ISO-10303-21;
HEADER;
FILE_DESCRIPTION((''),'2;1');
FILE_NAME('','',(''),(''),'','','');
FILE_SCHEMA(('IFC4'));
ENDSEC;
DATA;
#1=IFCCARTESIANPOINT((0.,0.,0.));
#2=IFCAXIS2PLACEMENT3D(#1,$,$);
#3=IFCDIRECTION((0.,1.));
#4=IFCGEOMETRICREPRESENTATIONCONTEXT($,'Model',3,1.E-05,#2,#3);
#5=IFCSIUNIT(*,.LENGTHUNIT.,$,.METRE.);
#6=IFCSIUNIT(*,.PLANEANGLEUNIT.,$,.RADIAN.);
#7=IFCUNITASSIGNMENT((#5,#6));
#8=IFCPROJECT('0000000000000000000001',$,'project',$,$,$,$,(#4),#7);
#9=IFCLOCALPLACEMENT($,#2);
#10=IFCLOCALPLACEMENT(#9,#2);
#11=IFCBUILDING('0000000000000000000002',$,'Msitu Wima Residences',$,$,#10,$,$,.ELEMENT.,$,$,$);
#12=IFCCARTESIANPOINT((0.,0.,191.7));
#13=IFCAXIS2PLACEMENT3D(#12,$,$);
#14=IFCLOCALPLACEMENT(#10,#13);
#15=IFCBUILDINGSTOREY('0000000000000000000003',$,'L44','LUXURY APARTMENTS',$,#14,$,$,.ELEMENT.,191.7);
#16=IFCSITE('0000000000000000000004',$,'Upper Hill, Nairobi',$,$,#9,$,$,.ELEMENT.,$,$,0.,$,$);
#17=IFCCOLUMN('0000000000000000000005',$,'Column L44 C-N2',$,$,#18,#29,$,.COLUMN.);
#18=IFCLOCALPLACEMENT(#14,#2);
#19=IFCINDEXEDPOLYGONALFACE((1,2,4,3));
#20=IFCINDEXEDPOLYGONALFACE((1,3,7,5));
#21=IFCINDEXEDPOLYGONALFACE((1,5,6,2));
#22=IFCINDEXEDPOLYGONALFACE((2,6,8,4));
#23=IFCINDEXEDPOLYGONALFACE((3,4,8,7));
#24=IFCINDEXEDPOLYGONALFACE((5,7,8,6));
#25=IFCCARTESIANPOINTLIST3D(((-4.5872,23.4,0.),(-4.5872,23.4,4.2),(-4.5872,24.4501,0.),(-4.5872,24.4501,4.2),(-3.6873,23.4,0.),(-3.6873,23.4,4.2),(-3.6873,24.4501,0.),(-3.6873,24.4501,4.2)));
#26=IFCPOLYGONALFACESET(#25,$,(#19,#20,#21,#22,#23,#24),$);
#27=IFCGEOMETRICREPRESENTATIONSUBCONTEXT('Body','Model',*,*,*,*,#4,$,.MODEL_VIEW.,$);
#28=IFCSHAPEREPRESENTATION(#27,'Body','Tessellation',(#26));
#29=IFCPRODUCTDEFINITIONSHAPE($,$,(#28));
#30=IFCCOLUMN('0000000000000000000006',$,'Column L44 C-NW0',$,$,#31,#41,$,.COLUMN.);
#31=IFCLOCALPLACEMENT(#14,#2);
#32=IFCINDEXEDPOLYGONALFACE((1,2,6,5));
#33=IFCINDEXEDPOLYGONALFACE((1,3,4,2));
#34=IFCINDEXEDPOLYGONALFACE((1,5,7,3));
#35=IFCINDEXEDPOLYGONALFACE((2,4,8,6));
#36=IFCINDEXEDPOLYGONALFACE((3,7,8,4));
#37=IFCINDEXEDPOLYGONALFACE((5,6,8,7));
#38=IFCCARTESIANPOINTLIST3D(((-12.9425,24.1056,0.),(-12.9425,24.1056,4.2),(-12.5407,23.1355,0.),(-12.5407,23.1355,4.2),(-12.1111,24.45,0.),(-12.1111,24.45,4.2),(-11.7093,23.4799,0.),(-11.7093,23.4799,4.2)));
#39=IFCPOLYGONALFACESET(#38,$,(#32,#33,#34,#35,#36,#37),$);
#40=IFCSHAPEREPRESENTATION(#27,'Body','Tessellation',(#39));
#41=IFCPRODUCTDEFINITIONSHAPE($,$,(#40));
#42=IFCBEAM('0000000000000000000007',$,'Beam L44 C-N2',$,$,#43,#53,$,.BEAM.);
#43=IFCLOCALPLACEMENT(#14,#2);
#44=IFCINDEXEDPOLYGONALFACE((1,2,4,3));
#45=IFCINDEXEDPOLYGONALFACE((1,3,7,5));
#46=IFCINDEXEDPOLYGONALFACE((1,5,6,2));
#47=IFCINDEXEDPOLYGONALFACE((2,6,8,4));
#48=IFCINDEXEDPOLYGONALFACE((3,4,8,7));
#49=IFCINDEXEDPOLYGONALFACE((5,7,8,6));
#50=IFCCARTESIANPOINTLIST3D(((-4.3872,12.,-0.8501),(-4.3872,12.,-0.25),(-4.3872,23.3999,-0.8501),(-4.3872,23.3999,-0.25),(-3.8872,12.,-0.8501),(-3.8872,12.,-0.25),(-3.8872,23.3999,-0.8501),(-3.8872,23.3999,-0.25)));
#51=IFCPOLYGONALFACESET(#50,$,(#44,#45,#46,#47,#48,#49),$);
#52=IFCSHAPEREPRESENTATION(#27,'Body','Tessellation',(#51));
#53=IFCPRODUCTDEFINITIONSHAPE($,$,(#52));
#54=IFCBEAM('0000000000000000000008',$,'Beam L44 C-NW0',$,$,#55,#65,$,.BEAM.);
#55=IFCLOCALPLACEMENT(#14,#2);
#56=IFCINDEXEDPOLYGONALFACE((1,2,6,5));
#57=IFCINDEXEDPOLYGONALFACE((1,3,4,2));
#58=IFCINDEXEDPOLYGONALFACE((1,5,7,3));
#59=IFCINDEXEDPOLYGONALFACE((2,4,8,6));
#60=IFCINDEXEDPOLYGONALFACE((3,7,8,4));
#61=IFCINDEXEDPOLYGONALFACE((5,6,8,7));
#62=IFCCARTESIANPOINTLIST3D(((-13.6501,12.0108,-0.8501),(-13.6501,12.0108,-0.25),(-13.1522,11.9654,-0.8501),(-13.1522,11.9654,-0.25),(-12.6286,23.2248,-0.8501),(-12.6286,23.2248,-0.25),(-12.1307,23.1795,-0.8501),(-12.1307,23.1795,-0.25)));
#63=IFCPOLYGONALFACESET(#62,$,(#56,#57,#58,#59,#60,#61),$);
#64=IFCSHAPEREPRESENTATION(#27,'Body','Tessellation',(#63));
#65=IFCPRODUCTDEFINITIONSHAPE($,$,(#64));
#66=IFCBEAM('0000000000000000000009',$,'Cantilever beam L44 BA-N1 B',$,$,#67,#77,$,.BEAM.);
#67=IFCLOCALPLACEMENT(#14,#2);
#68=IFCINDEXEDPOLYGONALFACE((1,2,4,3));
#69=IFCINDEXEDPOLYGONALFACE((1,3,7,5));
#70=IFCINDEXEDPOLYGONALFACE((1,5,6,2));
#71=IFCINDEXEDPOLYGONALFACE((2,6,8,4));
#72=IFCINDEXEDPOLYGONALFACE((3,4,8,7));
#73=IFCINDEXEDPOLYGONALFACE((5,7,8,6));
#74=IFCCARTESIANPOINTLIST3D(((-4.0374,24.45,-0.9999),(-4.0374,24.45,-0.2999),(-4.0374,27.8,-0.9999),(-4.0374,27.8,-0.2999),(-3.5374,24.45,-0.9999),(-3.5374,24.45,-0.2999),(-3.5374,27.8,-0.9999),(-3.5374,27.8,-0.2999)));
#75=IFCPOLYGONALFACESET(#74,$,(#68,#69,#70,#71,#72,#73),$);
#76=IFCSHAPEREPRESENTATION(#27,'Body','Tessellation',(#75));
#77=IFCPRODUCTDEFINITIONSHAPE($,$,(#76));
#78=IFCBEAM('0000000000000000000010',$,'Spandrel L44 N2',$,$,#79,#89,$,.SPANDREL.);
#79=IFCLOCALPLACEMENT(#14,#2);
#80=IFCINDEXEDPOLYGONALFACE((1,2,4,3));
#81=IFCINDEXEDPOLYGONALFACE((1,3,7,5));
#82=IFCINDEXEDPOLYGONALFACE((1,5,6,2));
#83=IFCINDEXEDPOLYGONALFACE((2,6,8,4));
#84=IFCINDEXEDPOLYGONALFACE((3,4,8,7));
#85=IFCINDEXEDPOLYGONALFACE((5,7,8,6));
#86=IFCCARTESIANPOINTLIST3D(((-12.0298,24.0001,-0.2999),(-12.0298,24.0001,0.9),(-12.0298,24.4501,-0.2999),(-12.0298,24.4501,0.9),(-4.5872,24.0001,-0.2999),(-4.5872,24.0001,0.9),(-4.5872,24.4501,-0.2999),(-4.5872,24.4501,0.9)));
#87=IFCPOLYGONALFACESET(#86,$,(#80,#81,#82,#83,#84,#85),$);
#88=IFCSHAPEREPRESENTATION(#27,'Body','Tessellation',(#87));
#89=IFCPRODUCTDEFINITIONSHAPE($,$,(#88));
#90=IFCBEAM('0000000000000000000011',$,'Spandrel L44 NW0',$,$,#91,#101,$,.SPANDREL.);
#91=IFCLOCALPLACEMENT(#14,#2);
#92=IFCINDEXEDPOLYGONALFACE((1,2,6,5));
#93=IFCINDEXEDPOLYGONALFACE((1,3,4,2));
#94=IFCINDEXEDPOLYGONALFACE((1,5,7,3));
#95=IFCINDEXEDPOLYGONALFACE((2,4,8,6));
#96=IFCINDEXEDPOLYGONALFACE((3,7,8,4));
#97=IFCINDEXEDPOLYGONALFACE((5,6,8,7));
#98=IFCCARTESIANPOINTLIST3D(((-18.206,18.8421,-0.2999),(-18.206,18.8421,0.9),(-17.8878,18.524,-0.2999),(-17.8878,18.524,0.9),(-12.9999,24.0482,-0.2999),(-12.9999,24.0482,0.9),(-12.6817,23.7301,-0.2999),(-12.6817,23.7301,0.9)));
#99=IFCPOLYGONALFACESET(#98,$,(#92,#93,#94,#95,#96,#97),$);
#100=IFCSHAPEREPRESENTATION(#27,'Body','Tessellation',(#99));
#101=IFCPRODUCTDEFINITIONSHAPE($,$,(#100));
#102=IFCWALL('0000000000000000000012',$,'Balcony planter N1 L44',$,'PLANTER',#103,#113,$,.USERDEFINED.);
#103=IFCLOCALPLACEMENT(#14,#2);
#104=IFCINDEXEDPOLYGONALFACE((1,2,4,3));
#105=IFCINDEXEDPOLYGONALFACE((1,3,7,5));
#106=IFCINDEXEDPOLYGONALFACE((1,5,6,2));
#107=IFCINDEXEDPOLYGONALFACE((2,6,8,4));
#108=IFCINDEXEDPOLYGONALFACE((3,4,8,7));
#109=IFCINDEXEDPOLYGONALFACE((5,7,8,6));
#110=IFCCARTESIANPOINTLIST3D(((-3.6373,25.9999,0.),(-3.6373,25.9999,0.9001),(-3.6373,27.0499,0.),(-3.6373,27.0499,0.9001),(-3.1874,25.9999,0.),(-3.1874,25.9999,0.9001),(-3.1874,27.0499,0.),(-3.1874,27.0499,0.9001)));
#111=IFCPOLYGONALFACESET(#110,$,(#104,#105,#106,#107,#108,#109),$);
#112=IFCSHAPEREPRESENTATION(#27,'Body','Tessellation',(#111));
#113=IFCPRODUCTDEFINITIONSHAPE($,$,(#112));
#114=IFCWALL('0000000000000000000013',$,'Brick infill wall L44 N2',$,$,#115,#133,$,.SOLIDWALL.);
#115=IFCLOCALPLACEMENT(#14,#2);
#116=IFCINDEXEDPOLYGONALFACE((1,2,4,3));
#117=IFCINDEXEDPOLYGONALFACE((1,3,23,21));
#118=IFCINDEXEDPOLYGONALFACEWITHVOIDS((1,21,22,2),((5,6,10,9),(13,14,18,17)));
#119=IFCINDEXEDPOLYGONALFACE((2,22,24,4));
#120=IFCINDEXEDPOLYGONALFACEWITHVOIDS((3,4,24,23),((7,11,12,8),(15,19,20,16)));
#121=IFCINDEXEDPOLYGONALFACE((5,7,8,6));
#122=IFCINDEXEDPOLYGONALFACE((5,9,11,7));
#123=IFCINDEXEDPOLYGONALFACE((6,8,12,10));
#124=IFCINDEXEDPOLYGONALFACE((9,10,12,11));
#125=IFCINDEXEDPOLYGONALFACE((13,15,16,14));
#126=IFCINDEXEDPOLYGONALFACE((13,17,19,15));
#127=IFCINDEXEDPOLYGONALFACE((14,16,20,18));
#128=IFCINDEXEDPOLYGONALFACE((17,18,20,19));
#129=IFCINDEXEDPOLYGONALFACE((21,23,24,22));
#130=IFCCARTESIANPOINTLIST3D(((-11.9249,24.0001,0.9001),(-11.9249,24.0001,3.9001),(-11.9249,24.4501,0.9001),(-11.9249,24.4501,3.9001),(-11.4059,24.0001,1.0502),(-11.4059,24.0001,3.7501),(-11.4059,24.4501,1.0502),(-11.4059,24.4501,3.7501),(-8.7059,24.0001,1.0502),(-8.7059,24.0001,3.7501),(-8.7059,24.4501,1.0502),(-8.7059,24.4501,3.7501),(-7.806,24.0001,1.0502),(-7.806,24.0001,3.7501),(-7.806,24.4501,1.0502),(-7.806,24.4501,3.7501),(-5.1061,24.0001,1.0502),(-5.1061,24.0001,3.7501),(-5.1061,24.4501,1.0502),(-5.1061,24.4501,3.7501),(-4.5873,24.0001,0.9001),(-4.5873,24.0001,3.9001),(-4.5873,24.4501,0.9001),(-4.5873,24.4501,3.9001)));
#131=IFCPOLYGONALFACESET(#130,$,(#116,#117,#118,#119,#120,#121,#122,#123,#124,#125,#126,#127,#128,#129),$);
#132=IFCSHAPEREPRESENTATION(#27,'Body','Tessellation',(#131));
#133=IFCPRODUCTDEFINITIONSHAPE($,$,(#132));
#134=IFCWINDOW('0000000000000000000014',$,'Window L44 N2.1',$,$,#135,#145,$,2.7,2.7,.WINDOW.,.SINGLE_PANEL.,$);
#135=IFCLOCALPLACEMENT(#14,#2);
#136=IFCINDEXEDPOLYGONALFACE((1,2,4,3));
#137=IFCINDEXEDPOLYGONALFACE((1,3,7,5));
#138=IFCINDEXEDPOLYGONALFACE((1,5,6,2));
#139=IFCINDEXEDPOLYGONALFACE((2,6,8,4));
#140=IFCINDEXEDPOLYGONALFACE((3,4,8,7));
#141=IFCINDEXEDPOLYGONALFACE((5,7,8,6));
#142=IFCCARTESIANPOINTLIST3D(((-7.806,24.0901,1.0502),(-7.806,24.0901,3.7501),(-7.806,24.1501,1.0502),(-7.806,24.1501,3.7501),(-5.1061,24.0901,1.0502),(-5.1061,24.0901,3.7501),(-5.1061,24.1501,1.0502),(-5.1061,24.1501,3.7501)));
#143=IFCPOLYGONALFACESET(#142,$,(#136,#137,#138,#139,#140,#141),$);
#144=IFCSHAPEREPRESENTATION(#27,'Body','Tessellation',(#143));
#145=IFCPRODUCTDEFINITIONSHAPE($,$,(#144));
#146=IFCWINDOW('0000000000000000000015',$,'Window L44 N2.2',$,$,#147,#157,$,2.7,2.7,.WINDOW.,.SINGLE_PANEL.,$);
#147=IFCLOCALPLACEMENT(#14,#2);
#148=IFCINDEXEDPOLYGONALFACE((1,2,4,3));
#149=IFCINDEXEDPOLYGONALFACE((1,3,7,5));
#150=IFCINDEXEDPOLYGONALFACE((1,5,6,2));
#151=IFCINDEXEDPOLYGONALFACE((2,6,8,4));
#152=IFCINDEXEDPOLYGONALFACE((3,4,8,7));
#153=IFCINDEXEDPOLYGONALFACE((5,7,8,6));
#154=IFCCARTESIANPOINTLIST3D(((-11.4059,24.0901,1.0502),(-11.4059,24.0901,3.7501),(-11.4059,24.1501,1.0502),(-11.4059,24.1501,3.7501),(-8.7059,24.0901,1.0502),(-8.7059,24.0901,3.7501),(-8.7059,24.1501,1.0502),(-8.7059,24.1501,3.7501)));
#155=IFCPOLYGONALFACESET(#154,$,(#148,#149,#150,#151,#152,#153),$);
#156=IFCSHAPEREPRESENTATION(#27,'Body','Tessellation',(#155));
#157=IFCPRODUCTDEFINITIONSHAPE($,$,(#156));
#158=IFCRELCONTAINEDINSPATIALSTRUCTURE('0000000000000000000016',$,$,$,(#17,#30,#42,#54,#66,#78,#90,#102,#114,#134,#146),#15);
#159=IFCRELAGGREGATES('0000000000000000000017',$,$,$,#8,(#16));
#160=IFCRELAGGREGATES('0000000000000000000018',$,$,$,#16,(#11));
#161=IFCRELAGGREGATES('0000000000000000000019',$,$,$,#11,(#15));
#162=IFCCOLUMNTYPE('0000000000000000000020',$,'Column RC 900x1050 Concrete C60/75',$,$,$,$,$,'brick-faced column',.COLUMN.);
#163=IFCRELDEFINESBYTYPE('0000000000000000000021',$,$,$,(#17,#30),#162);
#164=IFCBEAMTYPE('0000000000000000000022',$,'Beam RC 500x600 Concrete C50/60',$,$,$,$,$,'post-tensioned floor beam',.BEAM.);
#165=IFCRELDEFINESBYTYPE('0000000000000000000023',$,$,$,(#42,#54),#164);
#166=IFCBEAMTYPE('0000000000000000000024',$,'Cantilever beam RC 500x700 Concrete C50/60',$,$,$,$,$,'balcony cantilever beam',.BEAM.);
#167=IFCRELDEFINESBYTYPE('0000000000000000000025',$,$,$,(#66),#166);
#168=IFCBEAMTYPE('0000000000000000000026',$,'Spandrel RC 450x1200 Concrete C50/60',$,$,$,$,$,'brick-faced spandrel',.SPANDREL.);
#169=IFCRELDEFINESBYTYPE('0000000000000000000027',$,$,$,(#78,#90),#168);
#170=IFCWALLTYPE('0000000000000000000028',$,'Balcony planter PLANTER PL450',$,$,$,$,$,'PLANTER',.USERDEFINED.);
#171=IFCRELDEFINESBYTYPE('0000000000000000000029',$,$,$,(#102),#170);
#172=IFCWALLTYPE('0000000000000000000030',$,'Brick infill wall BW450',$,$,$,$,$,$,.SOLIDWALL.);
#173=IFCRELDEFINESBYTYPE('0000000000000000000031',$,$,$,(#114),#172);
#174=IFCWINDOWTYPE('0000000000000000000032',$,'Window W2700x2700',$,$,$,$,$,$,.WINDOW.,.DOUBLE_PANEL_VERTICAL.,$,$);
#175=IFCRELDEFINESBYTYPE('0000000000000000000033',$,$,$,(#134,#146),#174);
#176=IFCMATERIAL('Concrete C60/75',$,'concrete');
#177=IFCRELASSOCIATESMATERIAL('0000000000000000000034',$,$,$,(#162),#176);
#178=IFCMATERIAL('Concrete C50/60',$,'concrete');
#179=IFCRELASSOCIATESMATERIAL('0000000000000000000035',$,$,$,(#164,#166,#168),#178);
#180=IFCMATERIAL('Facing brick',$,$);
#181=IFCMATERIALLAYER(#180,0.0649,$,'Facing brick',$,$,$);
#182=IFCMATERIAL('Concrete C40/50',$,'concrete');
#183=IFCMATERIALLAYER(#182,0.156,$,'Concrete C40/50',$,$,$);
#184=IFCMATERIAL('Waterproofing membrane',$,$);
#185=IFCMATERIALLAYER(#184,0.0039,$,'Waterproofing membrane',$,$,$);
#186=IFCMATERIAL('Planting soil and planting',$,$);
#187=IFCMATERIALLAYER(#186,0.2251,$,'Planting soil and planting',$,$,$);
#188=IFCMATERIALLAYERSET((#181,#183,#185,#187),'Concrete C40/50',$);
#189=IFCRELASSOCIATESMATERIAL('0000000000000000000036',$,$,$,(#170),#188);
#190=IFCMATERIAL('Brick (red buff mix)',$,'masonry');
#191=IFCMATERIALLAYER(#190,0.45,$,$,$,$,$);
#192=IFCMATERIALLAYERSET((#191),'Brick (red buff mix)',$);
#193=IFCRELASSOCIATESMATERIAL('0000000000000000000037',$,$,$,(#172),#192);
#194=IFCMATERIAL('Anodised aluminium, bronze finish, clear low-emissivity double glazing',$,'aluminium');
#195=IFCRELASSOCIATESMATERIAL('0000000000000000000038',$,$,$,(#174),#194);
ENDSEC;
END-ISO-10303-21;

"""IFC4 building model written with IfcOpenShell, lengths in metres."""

from ifc_helpers import new_model, si_unit, direction, frame, frame_2d, origin, origin_2d, place, context, subcontext, project, spatial, rectangle, extrude, material, layer, layer_set, material_profile, profile_set, type_object, element, fill, save


model = new_model("IFC4")

# Units and contexts
model_context = context("Model", 3, precision=1e-05, world=origin(), true_north=direction((0.0, 1.0)))
body_context = subcontext(model_context, "Body", "Model", "MODEL_VIEW")
ifc_project = project(units=[si_unit("LENGTHUNIT", "METRE"), si_unit("PLANEANGLEUNIT", "RADIAN")], contexts=[model_context])

# Site, building, storey
site_placement = place(None, origin())
site = spatial("IfcSite", under=ifc_project, at=site_placement, Name="Upper Hill, Nairobi", CompositionType="ELEMENT", RefElevation=0.0)
building_placement = place(site_placement, origin())
building = spatial("IfcBuilding", under=site, at=building_placement, Name="Msitu Wima Residences", CompositionType="ELEMENT")
storey_placement = place(building_placement, frame((0.0, 0.0, 191.7)))
storey = spatial("IfcBuildingStorey", under=building, at=storey_placement, Name="L44", Description="LUXURY APARTMENTS", CompositionType="ELEMENT", Elevation=191.7)

# Columns
ifc_material_1 = material(Name="Concrete C60/75", Category="concrete")
ifc_material_profile_1 = material_profile(ifc_material_1, rectangle(XDim=0.8999, YDim=1.05, at=origin_2d()), Name="RC 900x1050")
ifc_profile_set_1 = profile_set([ifc_material_profile_1], Name="Concrete C60/75")
column_type = type_object("IfcColumnType", Name="Column RC 900x1050 Concrete C60/75", ElementType="brick-faced column", PredefinedType="COLUMN", material=ifc_profile_set_1)
for number, where, z_axis, x_axis, name in (
    (1, (-4.1372, 23.925, 0.0), (0.0, 0.0, 1.0), (-1.0, 0.0, 0.0), "Column L44 C-N2"),
    (2, (-12.3259, 23.7927, 0.0), (0.0, 0.0, 1.0), (-0.92388, -0.382683, 0.0), "Column L44 C-NW0"),
):
    element("IfcColumn", number, at=place(storey_placement, frame(where, z_axis=z_axis, x_axis=x_axis)), inside=storey, type_object=column_type, Name=name, PredefinedType="COLUMN", context=body_context, shape_type="SweptSolid", body=[
        extrude(rectangle(XDim=0.8999, YDim=1.05, at=origin_2d()), origin(), (0.0, 0.0, 1.0), 4.2),
    ])

# Beams
ifc_material_2 = material(Name="Concrete C50/60", Category="concrete")
ifc_material_profile_2 = material_profile(ifc_material_2, rectangle(XDim=0.5, YDim=0.6001, at=origin_2d()), Name="RC 500x600")
ifc_profile_set_2 = profile_set([ifc_material_profile_2], Name="Concrete C50/60")
beam_type_1 = type_object("IfcBeamType", Name="Beam RC 500x600 Concrete C50/60", ElementType="post-tensioned floor beam", PredefinedType="BEAM", material=ifc_profile_set_2)
beam_1_placement = place(storey_placement, frame((-4.1372, 23.3999, -0.55), z_axis=(0.0, -1.0, 0.0), x_axis=(1.0, 0.0, 0.0)))
element("IfcBeam", 3, at=beam_1_placement, inside=storey, type_object=beam_type_1, Name="Beam L44 C-N2", PredefinedType="BEAM", context=body_context, shape_type="SweptSolid", body=[
    extrude(rectangle(XDim=0.5, YDim=0.6001, at=origin_2d()), origin(), (0.0, 0.0, 1.0), 11.3999),
])
beam_2_placement = place(storey_placement, frame((-12.3796, 23.2021, -0.55), z_axis=(-0.090714, -0.995877, 0.0), x_axis=(0.995877, -0.090714, 0.0)))
element("IfcBeam", 4, at=beam_2_placement, inside=storey, type_object=beam_type_1, Name="Beam L44 C-NW0", PredefinedType="BEAM", context=body_context, shape_type="SweptSolid", body=[
    extrude(rectangle(XDim=0.5, YDim=0.6001, at=origin_2d()), origin(), (0.0, 0.0, 1.0), 11.2605),
])
ifc_material_profile_3 = material_profile(ifc_material_2, rectangle(XDim=0.5, YDim=0.7, at=origin_2d()), Name="RC 500x700")
ifc_profile_set_3 = profile_set([ifc_material_profile_3], Name="Concrete C50/60")
beam_type_2 = type_object("IfcBeamType", Name="Cantilever beam RC 500x700 Concrete C50/60", ElementType="balcony cantilever beam", PredefinedType="BEAM", material=ifc_profile_set_3)
beam_3_placement = place(storey_placement, frame((-3.7874, 24.45, -0.6499), z_axis=(0.0, 1.0, 0.0), x_axis=(-1.0, 0.0, 0.0)))
element("IfcBeam", 5, at=beam_3_placement, inside=storey, type_object=beam_type_2, Name="Cantilever beam L44 BA-N1 B", PredefinedType="BEAM", context=body_context, shape_type="SweptSolid", body=[
    extrude(rectangle(XDim=0.5, YDim=0.7, at=origin_2d()), origin(), (0.0, 0.0, 1.0), 3.3501),
])
ifc_material_profile_4 = material_profile(ifc_material_2, rectangle(XDim=0.45, YDim=1.2, at=origin_2d()), Name="RC 450x1200")
ifc_profile_set_4 = profile_set([ifc_material_profile_4], Name="Concrete C50/60")
beam_type_3 = type_object("IfcBeamType", Name="Spandrel RC 450x1200 Concrete C50/60", ElementType="brick-faced spandrel", PredefinedType="SPANDREL", material=ifc_profile_set_4)
beam_4_placement = place(storey_placement, frame((-4.5872, 24.2251, 0.3), z_axis=(-1.0, 0.0, 0.0), x_axis=(0.0, -1.0, 0.0)))
element("IfcBeam", 6, at=beam_4_placement, inside=storey, type_object=beam_type_3, Name="Spandrel L44 N2", PredefinedType="SPANDREL", context=body_context, shape_type="SweptSolid", body=[
    extrude(rectangle(XDim=0.45, YDim=1.2, at=origin_2d()), origin(), (0.0, 0.0, 1.0), 7.4426),
])
beam_5_placement = place(storey_placement, frame((-12.8408, 23.8892, 0.3), z_axis=(-0.707107, -0.707107, 0.0), x_axis=(0.707107, -0.707107, 0.0)))
element("IfcBeam", 7, at=beam_5_placement, inside=storey, type_object=beam_type_3, Name="Spandrel L44 NW0", PredefinedType="SPANDREL", context=body_context, shape_type="SweptSolid", body=[
    extrude(rectangle(XDim=0.45, YDim=1.2, at=origin_2d()), origin(), (0.0, 0.0, 1.0), 7.3625),
])

# Wall
ifc_material_3 = material(Name="Facing brick")
ifc_layer_1 = layer(ifc_material_3, 0.0649, Name="Facing brick")
ifc_material_4 = material(Name="Concrete C40/50", Category="concrete")
ifc_layer_2 = layer(ifc_material_4, 0.156, Name="Concrete C40/50")
ifc_material_5 = material(Name="Waterproofing membrane")
ifc_layer_3 = layer(ifc_material_5, 0.0039, Name="Waterproofing membrane")
ifc_material_6 = material(Name="Planting soil and planting")
ifc_layer_4 = layer(ifc_material_6, 0.2251, Name="Planting soil and planting")
ifc_layer_set_1 = layer_set([ifc_layer_1, ifc_layer_2, ifc_layer_3, ifc_layer_4], Name="Concrete C40/50")
wall_type_1 = type_object("IfcWallType", Name="Balcony planter PLANTER PL450", ElementType="PLANTER", PredefinedType="USERDEFINED", material=ifc_layer_set_1)
wall_1_placement = place(storey_placement, frame((-3.4124, 26.0, 0.0), z_axis=(0.0, 0.0, 1.0), x_axis=(0.0, 1.0, 0.0)))
element("IfcWall", 8, at=wall_1_placement, inside=storey, type_object=wall_type_1, Name="Balcony planter N1 L44", ObjectType="PLANTER", PredefinedType="USERDEFINED", context=body_context, shape_type="SweptSolid", body=[
    extrude(rectangle(XDim=1.05, YDim=0.45, at=frame_2d((0.5249, 0.0))), origin(), (0.0, 0.0, 1.0), 0.9001),
])

# Wall, openings, windows
ifc_material_7 = material(Name="Brick (red buff mix)", Category="masonry")
ifc_layer_5 = layer(ifc_material_7, 0.45)
ifc_layer_set_2 = layer_set([ifc_layer_5], Name="Brick (red buff mix)")
wall_type_2 = type_object("IfcWallType", Name="Brick infill wall BW450", PredefinedType="SOLIDWALL", material=ifc_layer_set_2)
wall_2_placement = place(storey_placement, frame((-4.5872, 24.2251, 0.9001), z_axis=(0.0, 0.0, 1.0), x_axis=(-1.0, 0.0, 0.0)))
wall_2 = element("IfcWall", 9, at=wall_2_placement, inside=storey, type_object=wall_type_2, Name="Brick infill wall L44 N2", PredefinedType="SOLIDWALL", context=body_context, shape_type="SweptSolid", body=[
    extrude(rectangle(XDim=7.3376, YDim=0.45, at=frame_2d((3.6689, 0.0))), origin(), (0.0, 0.0, 1.0), 3.0),
])
opening_1_placement = place(wall_2_placement, frame((0.5188, 0.0, 0.1499)))
opening_1 = element("IfcOpeningElement", 10, at=opening_1_placement, cuts=wall_2, PredefinedType="OPENING", context=body_context, shape_type="SweptSolid", body=[
    extrude(rectangle(XDim=2.7, YDim=2.7, at=frame_2d((1.3501, 1.3501))), frame((0.0, 0.2349, 0.0), z_axis=(0.0, -1.0, 0.0), x_axis=(1.0, 0.0, 0.0)), (0.0, 0.0, 1.0), 0.47),
])
opening_2_placement = place(wall_2_placement, frame((4.1187, 0.0, 0.1499)))
opening_2 = element("IfcOpeningElement", 11, at=opening_2_placement, cuts=wall_2, PredefinedType="OPENING", context=body_context, shape_type="SweptSolid", body=[
    extrude(rectangle(XDim=2.7, YDim=2.7, at=frame_2d((1.3501, 1.3501))), frame((0.0, 0.2349, 0.0), z_axis=(0.0, -1.0, 0.0), x_axis=(1.0, 0.0, 0.0)), (0.0, 0.0, 1.0), 0.47),
])
ifc_material_8 = material(Name="Anodised aluminium, bronze finish, clear low-emissivity double glazing", Category="aluminium")
window_type = type_object("IfcWindowType", Name="Window W2700x2700", PartitioningType="DOUBLE_PANEL_VERTICAL", PredefinedType="WINDOW", material=ifc_material_8)
window_1_placement = place(opening_1_placement, origin())
window_1 = element("IfcWindow", 12, at=window_1_placement, inside=storey, type_object=window_type, Name="Window L44 N2.1", OverallHeight=2.7, OverallWidth=2.7, PartitioningType="SINGLE_PANEL", PredefinedType="WINDOW", context=body_context, shape_type="SweptSolid", body=[
    extrude(rectangle(XDim=2.7, YDim=2.7, at=frame_2d((1.3501, 1.3501))), frame((0.0, 0.135, 0.0), z_axis=(0.0, -1.0, 0.0), x_axis=(1.0, 0.0, 0.0)), (0.0, 0.0, 1.0), 0.0601),
])
fill(opening_1, window_1)
window_2_placement = place(opening_2_placement, origin())
window_2 = element("IfcWindow", 13, at=window_2_placement, inside=storey, type_object=window_type, Name="Window L44 N2.2", OverallHeight=2.7, OverallWidth=2.7, PartitioningType="SINGLE_PANEL", PredefinedType="WINDOW", context=body_context, shape_type="SweptSolid", body=[
    extrude(rectangle(XDim=2.7, YDim=2.7, at=frame_2d((1.3501, 1.3501))), frame((0.0, 0.135, 0.0), z_axis=(0.0, -1.0, 0.0), x_axis=(1.0, 0.0, 0.0)), (0.0, 0.0, 1.0), 0.0601),
])
fill(opening_2, window_2)

save(model, "model.ifc")
